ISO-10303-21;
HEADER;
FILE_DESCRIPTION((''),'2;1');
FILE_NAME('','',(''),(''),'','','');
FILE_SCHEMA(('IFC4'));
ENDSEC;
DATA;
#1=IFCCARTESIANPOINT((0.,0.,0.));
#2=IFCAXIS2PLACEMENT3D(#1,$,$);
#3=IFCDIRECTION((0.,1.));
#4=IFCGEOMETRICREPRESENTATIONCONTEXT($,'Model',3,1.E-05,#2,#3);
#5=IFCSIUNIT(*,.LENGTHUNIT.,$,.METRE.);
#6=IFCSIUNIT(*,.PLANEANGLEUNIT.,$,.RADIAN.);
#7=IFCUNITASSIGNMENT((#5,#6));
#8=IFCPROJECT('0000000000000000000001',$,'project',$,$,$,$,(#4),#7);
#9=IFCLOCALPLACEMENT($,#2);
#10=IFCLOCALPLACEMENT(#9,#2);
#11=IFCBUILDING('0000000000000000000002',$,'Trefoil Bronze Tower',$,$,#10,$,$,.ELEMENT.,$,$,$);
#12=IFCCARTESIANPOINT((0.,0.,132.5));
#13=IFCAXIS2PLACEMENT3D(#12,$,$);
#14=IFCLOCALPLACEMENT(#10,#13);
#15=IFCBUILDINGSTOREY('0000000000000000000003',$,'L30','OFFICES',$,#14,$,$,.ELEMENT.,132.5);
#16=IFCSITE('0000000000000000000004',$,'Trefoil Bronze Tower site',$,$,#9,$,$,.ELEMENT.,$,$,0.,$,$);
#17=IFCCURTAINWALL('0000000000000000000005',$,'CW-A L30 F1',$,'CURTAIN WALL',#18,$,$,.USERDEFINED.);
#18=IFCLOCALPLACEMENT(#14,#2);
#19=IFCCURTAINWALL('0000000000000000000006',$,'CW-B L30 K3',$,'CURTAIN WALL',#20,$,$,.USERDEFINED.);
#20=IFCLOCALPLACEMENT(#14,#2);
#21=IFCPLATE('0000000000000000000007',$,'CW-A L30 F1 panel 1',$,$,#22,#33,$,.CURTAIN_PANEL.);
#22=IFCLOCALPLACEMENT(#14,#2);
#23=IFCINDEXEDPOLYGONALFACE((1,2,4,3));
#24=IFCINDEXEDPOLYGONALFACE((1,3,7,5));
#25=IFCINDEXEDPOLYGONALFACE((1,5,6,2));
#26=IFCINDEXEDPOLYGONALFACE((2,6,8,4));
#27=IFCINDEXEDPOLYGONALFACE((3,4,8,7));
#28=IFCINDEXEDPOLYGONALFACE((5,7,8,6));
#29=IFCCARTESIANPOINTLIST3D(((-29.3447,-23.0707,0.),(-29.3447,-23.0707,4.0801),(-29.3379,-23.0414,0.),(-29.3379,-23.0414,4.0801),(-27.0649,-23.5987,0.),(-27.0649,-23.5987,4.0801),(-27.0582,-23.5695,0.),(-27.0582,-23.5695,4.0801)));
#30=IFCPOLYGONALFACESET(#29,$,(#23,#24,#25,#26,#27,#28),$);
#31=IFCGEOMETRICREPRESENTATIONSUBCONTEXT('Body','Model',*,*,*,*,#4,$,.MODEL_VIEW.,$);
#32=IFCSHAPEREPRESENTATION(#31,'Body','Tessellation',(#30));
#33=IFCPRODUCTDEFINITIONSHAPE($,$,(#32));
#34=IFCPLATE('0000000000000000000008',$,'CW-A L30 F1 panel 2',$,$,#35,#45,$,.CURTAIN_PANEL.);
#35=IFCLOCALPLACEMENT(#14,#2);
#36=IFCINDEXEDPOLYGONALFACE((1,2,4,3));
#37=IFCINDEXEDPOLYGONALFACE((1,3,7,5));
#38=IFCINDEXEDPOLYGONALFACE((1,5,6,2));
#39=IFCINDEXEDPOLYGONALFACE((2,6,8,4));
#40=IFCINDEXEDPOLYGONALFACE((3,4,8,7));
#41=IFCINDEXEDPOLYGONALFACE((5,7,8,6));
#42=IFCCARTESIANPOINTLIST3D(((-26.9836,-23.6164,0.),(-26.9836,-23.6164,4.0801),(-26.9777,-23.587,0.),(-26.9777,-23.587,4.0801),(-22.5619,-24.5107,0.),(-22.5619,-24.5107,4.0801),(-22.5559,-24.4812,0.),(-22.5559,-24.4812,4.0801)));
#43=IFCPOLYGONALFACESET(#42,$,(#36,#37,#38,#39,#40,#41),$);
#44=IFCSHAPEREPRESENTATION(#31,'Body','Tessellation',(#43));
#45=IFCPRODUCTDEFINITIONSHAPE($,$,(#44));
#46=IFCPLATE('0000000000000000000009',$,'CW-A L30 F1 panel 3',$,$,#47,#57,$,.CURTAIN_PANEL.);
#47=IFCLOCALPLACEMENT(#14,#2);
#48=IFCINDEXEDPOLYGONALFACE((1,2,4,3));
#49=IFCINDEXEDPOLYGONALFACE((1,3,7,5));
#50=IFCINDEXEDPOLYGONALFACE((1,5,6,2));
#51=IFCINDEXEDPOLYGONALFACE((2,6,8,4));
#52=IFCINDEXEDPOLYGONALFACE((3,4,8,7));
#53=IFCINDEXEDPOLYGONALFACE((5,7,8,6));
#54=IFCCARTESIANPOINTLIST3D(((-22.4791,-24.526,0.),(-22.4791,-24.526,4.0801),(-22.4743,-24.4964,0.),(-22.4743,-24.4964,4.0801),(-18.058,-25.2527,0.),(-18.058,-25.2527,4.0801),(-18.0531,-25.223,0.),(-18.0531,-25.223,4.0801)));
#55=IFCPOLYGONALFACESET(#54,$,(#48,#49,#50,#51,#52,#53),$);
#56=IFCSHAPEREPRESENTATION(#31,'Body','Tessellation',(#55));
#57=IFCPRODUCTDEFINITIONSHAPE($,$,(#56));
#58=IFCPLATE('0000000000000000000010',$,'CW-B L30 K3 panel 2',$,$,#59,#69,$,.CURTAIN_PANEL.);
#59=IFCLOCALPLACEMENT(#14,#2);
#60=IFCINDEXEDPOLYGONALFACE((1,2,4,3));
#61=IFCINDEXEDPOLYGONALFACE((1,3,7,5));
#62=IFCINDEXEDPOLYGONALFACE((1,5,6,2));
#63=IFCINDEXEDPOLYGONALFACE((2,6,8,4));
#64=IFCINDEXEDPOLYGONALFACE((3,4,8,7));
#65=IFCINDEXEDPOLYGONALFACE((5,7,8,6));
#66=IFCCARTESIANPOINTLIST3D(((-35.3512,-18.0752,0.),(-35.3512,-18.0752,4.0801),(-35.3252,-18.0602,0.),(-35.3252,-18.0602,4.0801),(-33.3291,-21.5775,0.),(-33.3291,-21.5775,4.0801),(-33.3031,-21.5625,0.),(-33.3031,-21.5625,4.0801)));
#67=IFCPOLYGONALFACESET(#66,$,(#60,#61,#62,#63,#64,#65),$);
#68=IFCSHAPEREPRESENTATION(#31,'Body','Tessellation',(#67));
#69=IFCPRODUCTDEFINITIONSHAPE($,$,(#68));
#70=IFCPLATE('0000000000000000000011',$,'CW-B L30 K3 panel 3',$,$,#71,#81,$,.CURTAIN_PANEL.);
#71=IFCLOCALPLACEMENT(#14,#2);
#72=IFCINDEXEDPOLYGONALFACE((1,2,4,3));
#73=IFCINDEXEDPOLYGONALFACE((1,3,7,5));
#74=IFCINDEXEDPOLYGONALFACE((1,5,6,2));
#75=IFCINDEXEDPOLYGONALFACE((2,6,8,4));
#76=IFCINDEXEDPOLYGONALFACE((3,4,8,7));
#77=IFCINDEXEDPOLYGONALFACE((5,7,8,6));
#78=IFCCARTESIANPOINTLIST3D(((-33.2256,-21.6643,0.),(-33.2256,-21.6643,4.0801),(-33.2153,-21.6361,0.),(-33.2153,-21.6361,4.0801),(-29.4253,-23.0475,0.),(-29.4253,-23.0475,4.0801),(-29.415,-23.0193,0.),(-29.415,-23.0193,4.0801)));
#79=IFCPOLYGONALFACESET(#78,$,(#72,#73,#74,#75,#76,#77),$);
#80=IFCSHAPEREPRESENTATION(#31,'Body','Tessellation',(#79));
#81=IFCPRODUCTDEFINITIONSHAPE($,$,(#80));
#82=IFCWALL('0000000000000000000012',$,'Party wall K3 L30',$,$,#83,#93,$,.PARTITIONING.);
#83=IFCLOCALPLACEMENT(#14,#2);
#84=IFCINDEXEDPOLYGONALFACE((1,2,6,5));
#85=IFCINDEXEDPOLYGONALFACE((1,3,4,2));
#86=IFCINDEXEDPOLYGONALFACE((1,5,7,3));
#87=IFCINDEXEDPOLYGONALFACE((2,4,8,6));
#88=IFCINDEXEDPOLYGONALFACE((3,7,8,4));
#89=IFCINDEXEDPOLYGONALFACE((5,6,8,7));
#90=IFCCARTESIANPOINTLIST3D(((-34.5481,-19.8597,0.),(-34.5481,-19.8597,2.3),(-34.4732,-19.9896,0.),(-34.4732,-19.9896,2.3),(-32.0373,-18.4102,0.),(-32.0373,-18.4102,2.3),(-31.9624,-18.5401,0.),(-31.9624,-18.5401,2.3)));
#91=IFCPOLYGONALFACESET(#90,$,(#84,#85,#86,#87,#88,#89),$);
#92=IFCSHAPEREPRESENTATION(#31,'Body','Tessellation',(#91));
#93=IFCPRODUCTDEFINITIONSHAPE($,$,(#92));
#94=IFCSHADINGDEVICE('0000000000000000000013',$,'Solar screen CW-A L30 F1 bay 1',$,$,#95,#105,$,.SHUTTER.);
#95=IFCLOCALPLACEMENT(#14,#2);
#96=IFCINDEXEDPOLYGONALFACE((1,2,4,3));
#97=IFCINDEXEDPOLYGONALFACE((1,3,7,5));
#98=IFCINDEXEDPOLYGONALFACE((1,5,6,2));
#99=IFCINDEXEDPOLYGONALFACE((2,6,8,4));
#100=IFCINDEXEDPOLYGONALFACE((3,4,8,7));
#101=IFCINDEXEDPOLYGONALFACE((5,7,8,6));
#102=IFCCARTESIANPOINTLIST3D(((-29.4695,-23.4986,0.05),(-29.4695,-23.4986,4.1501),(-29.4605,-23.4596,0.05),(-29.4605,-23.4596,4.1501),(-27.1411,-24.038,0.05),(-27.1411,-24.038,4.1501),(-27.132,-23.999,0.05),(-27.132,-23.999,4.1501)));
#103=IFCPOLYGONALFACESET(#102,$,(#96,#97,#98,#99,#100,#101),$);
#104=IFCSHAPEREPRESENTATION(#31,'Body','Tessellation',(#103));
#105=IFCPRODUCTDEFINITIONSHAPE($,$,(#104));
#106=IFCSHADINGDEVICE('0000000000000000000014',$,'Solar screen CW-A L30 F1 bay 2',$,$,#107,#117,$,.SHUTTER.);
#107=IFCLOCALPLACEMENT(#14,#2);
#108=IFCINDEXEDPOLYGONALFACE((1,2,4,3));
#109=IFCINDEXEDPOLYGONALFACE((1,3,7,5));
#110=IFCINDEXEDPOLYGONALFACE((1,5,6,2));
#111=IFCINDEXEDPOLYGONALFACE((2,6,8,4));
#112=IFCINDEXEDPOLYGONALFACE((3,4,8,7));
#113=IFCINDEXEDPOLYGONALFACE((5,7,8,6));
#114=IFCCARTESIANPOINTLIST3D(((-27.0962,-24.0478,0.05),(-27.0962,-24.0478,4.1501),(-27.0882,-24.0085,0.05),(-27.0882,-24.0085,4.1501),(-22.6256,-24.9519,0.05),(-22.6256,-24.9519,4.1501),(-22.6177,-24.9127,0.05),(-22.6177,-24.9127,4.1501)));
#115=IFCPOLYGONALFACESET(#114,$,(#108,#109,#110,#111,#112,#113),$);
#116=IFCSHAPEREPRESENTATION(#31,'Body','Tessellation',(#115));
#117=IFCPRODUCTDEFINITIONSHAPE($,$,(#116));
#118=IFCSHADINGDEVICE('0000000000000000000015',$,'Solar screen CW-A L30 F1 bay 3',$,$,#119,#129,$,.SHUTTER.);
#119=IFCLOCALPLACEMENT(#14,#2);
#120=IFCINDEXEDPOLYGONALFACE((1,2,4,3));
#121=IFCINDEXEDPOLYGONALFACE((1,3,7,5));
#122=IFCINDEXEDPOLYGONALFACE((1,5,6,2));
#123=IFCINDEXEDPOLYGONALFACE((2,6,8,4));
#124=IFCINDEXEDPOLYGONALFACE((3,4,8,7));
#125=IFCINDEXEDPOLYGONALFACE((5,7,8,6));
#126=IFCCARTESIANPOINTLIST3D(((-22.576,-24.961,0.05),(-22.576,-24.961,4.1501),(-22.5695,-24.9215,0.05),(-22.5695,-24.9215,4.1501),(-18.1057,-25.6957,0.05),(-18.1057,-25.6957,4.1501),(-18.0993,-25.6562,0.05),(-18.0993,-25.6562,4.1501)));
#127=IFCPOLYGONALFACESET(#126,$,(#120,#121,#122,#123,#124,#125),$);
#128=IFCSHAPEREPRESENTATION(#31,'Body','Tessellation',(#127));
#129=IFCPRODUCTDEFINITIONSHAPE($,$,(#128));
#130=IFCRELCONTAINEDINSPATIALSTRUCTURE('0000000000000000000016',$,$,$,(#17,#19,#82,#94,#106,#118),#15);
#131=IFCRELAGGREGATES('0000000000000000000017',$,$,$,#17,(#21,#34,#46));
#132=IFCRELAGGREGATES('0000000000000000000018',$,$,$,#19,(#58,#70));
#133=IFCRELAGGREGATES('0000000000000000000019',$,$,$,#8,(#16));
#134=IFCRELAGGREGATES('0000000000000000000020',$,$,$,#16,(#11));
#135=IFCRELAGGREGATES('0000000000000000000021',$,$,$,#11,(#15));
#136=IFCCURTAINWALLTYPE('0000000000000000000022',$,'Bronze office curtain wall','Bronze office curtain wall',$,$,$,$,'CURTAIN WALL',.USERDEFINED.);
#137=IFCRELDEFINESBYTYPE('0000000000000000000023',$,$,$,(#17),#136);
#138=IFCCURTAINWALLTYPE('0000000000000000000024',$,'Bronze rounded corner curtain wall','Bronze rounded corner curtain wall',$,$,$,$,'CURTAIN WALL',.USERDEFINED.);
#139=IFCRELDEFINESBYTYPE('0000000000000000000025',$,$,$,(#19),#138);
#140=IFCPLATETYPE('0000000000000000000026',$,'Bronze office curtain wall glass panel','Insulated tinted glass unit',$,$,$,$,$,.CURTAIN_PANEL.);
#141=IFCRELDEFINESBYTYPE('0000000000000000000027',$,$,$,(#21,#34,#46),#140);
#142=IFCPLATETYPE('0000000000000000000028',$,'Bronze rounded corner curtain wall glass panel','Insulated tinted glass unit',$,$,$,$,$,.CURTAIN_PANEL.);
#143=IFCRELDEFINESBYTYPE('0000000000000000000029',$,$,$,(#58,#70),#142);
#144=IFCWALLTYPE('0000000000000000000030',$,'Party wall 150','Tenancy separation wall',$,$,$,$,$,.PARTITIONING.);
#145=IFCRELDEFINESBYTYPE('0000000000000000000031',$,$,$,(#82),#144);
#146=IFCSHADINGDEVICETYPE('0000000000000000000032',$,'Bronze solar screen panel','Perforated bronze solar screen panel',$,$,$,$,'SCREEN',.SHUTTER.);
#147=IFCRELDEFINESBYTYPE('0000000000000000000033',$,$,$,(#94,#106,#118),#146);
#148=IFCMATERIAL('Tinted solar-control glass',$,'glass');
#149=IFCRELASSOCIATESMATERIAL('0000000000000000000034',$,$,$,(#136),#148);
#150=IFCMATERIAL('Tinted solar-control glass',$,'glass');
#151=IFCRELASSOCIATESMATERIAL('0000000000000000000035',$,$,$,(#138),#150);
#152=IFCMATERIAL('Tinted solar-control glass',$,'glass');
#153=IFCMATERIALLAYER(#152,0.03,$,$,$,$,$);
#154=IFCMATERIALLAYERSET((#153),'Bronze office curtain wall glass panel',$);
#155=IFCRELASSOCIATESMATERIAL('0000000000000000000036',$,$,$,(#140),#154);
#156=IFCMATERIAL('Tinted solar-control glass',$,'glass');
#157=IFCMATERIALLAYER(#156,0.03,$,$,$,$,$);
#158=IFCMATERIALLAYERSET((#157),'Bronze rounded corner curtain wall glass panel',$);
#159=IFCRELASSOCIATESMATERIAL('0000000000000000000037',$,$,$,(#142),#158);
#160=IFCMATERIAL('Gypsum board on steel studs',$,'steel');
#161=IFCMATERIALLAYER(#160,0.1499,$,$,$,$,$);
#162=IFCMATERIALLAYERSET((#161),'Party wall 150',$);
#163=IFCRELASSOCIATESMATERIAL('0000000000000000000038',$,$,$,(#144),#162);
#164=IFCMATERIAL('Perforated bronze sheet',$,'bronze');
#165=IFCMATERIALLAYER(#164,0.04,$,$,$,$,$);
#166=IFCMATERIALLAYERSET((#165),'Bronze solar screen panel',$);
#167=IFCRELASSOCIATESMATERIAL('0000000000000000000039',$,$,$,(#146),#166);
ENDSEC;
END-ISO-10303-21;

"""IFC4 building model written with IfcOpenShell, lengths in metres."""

from ifc_helpers import new_model, si_unit, direction, frame, frame_2d, origin, origin_2d, place, context, subcontext, project, spatial, rectangle, extrude, material, layer, layer_set, type_object, element, aggregate, save


model = new_model("IFC4")

# Units and contexts
model_context = context("Model", 3, precision=1e-05, world=origin(), true_north=direction((0.0, 1.0)))
body_context = subcontext(model_context, "Body", "Model", "MODEL_VIEW")
ifc_project = project(units=[si_unit("LENGTHUNIT", "METRE"), si_unit("PLANEANGLEUNIT", "RADIAN")], contexts=[model_context])

# Site, building, storey
site_placement = place(None, origin())
site = spatial("IfcSite", under=ifc_project, at=site_placement, Name="Trefoil Bronze Tower site", CompositionType="ELEMENT", RefElevation=0.0)
building_placement = place(site_placement, origin())
building = spatial("IfcBuilding", under=site, at=building_placement, Name="Trefoil Bronze Tower", CompositionType="ELEMENT")
storey_placement = place(building_placement, frame((0.0, 0.0, 132.5)))
storey = spatial("IfcBuildingStorey", under=building, at=storey_placement, Name="L30", Description="OFFICES", CompositionType="ELEMENT", Elevation=132.5)

# Curtain walls
ifc_material_1 = material(Name="Tinted solar-control glass", Category="glass")
curtain_wall_type_1 = type_object("IfcCurtainWallType", Name="Bronze office curtain wall", Description="Bronze office curtain wall", ElementType="CURTAIN WALL", PredefinedType="USERDEFINED", material=ifc_material_1)
curtain_wall_1_placement = place(storey_placement, origin())
curtain_wall_1 = element("IfcCurtainWall", 1, at=curtain_wall_1_placement, inside=storey, type_object=curtain_wall_type_1, Name="CW-A L30 F1", ObjectType="CURTAIN WALL", PredefinedType="USERDEFINED")
ifc_material_2 = material(Name="Tinted solar-control glass", Category="glass")
curtain_wall_type_2 = type_object("IfcCurtainWallType", Name="Bronze rounded corner curtain wall", Description="Bronze rounded corner curtain wall", ElementType="CURTAIN WALL", PredefinedType="USERDEFINED", material=ifc_material_2)
curtain_wall_2_placement = place(storey_placement, origin())
curtain_wall_2 = element("IfcCurtainWall", 2, at=curtain_wall_2_placement, inside=storey, type_object=curtain_wall_type_2, Name="CW-B L30 K3", ObjectType="CURTAIN WALL", PredefinedType="USERDEFINED")

# Plates
ifc_material_3 = material(Name="Tinted solar-control glass", Category="glass")
ifc_layer_1 = layer(ifc_material_3, 0.03)
ifc_layer_set_1 = layer_set([ifc_layer_1], Name="Bronze office curtain wall glass panel")
plate_type_1 = type_object("IfcPlateType", Name="Bronze office curtain wall glass panel", Description="Insulated tinted glass unit", PredefinedType="CURTAIN_PANEL", material=ifc_layer_set_1)
plate_1_placement = place(storey_placement, frame((-28.2014, -23.3201, 0.0), z_axis=(0.0, 0.0, 1.0), x_axis=(0.974204, -0.225667, 0.0)))
plate_1 = element("IfcPlate", 3, at=plate_1_placement, type_object=plate_type_1, Name="CW-A L30 F1 panel 1", PredefinedType="CURTAIN_PANEL", context=body_context, shape_type="SweptSolid", body=[
    extrude(rectangle(XDim=2.3401, YDim=0.03, at=origin_2d()), origin(), (0.0, 0.0, 1.0), 4.0801),
])
plate_2_placement = place(storey_placement, frame((-24.7698, -24.0488, 0.0), z_axis=(0.0, 0.0, 1.0), x_axis=(0.980155, -0.198232, 0.0)))
plate_2 = element("IfcPlate", 4, at=plate_2_placement, type_object=plate_type_1, Name="CW-A L30 F1 panel 2", PredefinedType="CURTAIN_PANEL", context=body_context, shape_type="SweptSolid", body=[
    extrude(rectangle(XDim=4.5112, YDim=0.03, at=origin_2d()), origin(), (0.0, 0.0, 1.0), 4.0801),
])
plate_3_placement = place(storey_placement, frame((-20.2661, -24.8745, 0.0), z_axis=(0.0, 0.0, 1.0), x_axis=(0.98676, -0.162189, 0.0)))
plate_3 = element("IfcPlate", 5, at=plate_3_placement, type_object=plate_type_1, Name="CW-A L30 F1 panel 3", PredefinedType="CURTAIN_PANEL", context=body_context, shape_type="SweptSolid", body=[
    extrude(rectangle(XDim=4.4805, YDim=0.03, at=origin_2d()), origin(), (0.0, 0.0, 1.0), 4.0801),
])
aggregate(curtain_wall_1, [plate_1, plate_2, plate_3])
ifc_material_4 = material(Name="Tinted solar-control glass", Category="glass")
ifc_layer_2 = layer(ifc_material_4, 0.03)
ifc_layer_set_2 = layer_set([ifc_layer_2], Name="Bronze rounded corner curtain wall glass panel")
plate_type_2 = type_object("IfcPlateType", Name="Bronze rounded corner curtain wall glass panel", Description="Insulated tinted glass unit", PredefinedType="CURTAIN_PANEL", material=ifc_layer_set_2)
plate_4_placement = place(storey_placement, frame((-34.3271, -19.8188, 0.0), z_axis=(0.0, 0.0, 1.0), x_axis=(0.5, -0.866025, 0.0)))
plate_4 = element("IfcPlate", 6, at=plate_4_placement, type_object=plate_type_2, Name="CW-B L30 K3 panel 2", PredefinedType="CURTAIN_PANEL", context=body_context, shape_type="SweptSolid", body=[
    extrude(rectangle(XDim=4.0442, YDim=0.03, at=origin_2d()), origin(), (0.0, 0.0, 1.0), 4.0801),
])
plate_5_placement = place(storey_placement, frame((-31.3203, -22.3418, 0.0), z_axis=(0.0, 0.0, 1.0), x_axis=(0.939693, -0.34202, 0.0)))
plate_5 = element("IfcPlate", 7, at=plate_5_placement, type_object=plate_type_2, Name="CW-B L30 K3 panel 3", PredefinedType="CURTAIN_PANEL", context=body_context, shape_type="SweptSolid", body=[
    extrude(rectangle(XDim=4.0442, YDim=0.03, at=origin_2d()), origin(), (0.0, 0.0, 1.0), 4.0801),
])
aggregate(curtain_wall_2, [plate_4, plate_5])

# Wall
ifc_material_5 = material(Name="Gypsum board on steel studs", Category="steel")
ifc_layer_3 = layer(ifc_material_5, 0.1499)
ifc_layer_set_3 = layer_set([ifc_layer_3], Name="Party wall 150")
wall_type = type_object("IfcWallType", Name="Party wall 150", Description="Tenancy separation wall", PredefinedType="PARTITIONING", material=ifc_layer_set_3)
wall_placement = place(storey_placement, frame((-31.9998, -18.4751, 0.0), z_axis=(0.0, 0.0, 1.0), x_axis=(-0.866043, -0.49997, 0.0)))
element("IfcWall", 8, at=wall_placement, inside=storey, type_object=wall_type, Name="Party wall K3 L30", PredefinedType="PARTITIONING", context=body_context, shape_type="SweptSolid", body=[
    extrude(rectangle(XDim=2.8992, YDim=0.1499, at=frame_2d((1.4497, 0.0))), origin(), (0.0, 0.0, 1.0), 2.3),
])

# Shading devices
ifc_material_6 = material(Name="Perforated bronze sheet", Category="bronze")
ifc_layer_4 = layer(ifc_material_6, 0.04)
ifc_layer_set_4 = layer_set([ifc_layer_4], Name="Bronze solar screen panel")
shading_device_type = type_object("IfcShadingDeviceType", Name="Bronze solar screen panel", Description="Perforated bronze solar screen panel", ElementType="SCREEN", PredefinedType="SHUTTER", material=ifc_layer_set_4)
shading_device_1_placement = place(storey_placement, frame((-28.3008, -23.7488, 0.05), z_axis=(0.0, 0.0, 1.0), x_axis=(0.974204, -0.225667, 0.0)))
element("IfcShadingDevice", 9, at=shading_device_1_placement, inside=storey, type_object=shading_device_type, Name="Solar screen CW-A L30 F1 bay 1", PredefinedType="SHUTTER", context=body_context, shape_type="SweptSolid", body=[
    extrude(rectangle(XDim=2.3901, YDim=0.04, at=origin_2d()), origin(), (0.0, 0.0, 1.0), 4.1001),
])
shading_device_2_placement = place(storey_placement, frame((-24.8569, -24.4802, 0.05), z_axis=(0.0, 0.0, 1.0), x_axis=(0.980155, -0.198232, 0.0)))
element("IfcShadingDevice", 10, at=shading_device_2_placement, inside=storey, type_object=shading_device_type, Name="Solar screen CW-A L30 F1 bay 2", PredefinedType="SHUTTER", context=body_context, shape_type="SweptSolid", body=[
    extrude(rectangle(XDim=4.561, YDim=0.04, at=origin_2d()), origin(), (0.0, 0.0, 1.0), 4.1001),
])
shading_device_3_placement = place(storey_placement, frame((-20.3376, -25.3086, 0.05), z_axis=(0.0, 0.0, 1.0), x_axis=(0.98676, -0.162189, 0.0)))
element("IfcShadingDevice", 11, at=shading_device_3_placement, inside=storey, type_object=shading_device_type, Name="Solar screen CW-A L30 F1 bay 3", PredefinedType="SHUTTER", context=body_context, shape_type="SweptSolid", body=[
    extrude(rectangle(XDim=4.5303, YDim=0.04, at=origin_2d()), origin(), (0.0, 0.0, 1.0), 4.1001),
])

save(model, "model.ifc")
